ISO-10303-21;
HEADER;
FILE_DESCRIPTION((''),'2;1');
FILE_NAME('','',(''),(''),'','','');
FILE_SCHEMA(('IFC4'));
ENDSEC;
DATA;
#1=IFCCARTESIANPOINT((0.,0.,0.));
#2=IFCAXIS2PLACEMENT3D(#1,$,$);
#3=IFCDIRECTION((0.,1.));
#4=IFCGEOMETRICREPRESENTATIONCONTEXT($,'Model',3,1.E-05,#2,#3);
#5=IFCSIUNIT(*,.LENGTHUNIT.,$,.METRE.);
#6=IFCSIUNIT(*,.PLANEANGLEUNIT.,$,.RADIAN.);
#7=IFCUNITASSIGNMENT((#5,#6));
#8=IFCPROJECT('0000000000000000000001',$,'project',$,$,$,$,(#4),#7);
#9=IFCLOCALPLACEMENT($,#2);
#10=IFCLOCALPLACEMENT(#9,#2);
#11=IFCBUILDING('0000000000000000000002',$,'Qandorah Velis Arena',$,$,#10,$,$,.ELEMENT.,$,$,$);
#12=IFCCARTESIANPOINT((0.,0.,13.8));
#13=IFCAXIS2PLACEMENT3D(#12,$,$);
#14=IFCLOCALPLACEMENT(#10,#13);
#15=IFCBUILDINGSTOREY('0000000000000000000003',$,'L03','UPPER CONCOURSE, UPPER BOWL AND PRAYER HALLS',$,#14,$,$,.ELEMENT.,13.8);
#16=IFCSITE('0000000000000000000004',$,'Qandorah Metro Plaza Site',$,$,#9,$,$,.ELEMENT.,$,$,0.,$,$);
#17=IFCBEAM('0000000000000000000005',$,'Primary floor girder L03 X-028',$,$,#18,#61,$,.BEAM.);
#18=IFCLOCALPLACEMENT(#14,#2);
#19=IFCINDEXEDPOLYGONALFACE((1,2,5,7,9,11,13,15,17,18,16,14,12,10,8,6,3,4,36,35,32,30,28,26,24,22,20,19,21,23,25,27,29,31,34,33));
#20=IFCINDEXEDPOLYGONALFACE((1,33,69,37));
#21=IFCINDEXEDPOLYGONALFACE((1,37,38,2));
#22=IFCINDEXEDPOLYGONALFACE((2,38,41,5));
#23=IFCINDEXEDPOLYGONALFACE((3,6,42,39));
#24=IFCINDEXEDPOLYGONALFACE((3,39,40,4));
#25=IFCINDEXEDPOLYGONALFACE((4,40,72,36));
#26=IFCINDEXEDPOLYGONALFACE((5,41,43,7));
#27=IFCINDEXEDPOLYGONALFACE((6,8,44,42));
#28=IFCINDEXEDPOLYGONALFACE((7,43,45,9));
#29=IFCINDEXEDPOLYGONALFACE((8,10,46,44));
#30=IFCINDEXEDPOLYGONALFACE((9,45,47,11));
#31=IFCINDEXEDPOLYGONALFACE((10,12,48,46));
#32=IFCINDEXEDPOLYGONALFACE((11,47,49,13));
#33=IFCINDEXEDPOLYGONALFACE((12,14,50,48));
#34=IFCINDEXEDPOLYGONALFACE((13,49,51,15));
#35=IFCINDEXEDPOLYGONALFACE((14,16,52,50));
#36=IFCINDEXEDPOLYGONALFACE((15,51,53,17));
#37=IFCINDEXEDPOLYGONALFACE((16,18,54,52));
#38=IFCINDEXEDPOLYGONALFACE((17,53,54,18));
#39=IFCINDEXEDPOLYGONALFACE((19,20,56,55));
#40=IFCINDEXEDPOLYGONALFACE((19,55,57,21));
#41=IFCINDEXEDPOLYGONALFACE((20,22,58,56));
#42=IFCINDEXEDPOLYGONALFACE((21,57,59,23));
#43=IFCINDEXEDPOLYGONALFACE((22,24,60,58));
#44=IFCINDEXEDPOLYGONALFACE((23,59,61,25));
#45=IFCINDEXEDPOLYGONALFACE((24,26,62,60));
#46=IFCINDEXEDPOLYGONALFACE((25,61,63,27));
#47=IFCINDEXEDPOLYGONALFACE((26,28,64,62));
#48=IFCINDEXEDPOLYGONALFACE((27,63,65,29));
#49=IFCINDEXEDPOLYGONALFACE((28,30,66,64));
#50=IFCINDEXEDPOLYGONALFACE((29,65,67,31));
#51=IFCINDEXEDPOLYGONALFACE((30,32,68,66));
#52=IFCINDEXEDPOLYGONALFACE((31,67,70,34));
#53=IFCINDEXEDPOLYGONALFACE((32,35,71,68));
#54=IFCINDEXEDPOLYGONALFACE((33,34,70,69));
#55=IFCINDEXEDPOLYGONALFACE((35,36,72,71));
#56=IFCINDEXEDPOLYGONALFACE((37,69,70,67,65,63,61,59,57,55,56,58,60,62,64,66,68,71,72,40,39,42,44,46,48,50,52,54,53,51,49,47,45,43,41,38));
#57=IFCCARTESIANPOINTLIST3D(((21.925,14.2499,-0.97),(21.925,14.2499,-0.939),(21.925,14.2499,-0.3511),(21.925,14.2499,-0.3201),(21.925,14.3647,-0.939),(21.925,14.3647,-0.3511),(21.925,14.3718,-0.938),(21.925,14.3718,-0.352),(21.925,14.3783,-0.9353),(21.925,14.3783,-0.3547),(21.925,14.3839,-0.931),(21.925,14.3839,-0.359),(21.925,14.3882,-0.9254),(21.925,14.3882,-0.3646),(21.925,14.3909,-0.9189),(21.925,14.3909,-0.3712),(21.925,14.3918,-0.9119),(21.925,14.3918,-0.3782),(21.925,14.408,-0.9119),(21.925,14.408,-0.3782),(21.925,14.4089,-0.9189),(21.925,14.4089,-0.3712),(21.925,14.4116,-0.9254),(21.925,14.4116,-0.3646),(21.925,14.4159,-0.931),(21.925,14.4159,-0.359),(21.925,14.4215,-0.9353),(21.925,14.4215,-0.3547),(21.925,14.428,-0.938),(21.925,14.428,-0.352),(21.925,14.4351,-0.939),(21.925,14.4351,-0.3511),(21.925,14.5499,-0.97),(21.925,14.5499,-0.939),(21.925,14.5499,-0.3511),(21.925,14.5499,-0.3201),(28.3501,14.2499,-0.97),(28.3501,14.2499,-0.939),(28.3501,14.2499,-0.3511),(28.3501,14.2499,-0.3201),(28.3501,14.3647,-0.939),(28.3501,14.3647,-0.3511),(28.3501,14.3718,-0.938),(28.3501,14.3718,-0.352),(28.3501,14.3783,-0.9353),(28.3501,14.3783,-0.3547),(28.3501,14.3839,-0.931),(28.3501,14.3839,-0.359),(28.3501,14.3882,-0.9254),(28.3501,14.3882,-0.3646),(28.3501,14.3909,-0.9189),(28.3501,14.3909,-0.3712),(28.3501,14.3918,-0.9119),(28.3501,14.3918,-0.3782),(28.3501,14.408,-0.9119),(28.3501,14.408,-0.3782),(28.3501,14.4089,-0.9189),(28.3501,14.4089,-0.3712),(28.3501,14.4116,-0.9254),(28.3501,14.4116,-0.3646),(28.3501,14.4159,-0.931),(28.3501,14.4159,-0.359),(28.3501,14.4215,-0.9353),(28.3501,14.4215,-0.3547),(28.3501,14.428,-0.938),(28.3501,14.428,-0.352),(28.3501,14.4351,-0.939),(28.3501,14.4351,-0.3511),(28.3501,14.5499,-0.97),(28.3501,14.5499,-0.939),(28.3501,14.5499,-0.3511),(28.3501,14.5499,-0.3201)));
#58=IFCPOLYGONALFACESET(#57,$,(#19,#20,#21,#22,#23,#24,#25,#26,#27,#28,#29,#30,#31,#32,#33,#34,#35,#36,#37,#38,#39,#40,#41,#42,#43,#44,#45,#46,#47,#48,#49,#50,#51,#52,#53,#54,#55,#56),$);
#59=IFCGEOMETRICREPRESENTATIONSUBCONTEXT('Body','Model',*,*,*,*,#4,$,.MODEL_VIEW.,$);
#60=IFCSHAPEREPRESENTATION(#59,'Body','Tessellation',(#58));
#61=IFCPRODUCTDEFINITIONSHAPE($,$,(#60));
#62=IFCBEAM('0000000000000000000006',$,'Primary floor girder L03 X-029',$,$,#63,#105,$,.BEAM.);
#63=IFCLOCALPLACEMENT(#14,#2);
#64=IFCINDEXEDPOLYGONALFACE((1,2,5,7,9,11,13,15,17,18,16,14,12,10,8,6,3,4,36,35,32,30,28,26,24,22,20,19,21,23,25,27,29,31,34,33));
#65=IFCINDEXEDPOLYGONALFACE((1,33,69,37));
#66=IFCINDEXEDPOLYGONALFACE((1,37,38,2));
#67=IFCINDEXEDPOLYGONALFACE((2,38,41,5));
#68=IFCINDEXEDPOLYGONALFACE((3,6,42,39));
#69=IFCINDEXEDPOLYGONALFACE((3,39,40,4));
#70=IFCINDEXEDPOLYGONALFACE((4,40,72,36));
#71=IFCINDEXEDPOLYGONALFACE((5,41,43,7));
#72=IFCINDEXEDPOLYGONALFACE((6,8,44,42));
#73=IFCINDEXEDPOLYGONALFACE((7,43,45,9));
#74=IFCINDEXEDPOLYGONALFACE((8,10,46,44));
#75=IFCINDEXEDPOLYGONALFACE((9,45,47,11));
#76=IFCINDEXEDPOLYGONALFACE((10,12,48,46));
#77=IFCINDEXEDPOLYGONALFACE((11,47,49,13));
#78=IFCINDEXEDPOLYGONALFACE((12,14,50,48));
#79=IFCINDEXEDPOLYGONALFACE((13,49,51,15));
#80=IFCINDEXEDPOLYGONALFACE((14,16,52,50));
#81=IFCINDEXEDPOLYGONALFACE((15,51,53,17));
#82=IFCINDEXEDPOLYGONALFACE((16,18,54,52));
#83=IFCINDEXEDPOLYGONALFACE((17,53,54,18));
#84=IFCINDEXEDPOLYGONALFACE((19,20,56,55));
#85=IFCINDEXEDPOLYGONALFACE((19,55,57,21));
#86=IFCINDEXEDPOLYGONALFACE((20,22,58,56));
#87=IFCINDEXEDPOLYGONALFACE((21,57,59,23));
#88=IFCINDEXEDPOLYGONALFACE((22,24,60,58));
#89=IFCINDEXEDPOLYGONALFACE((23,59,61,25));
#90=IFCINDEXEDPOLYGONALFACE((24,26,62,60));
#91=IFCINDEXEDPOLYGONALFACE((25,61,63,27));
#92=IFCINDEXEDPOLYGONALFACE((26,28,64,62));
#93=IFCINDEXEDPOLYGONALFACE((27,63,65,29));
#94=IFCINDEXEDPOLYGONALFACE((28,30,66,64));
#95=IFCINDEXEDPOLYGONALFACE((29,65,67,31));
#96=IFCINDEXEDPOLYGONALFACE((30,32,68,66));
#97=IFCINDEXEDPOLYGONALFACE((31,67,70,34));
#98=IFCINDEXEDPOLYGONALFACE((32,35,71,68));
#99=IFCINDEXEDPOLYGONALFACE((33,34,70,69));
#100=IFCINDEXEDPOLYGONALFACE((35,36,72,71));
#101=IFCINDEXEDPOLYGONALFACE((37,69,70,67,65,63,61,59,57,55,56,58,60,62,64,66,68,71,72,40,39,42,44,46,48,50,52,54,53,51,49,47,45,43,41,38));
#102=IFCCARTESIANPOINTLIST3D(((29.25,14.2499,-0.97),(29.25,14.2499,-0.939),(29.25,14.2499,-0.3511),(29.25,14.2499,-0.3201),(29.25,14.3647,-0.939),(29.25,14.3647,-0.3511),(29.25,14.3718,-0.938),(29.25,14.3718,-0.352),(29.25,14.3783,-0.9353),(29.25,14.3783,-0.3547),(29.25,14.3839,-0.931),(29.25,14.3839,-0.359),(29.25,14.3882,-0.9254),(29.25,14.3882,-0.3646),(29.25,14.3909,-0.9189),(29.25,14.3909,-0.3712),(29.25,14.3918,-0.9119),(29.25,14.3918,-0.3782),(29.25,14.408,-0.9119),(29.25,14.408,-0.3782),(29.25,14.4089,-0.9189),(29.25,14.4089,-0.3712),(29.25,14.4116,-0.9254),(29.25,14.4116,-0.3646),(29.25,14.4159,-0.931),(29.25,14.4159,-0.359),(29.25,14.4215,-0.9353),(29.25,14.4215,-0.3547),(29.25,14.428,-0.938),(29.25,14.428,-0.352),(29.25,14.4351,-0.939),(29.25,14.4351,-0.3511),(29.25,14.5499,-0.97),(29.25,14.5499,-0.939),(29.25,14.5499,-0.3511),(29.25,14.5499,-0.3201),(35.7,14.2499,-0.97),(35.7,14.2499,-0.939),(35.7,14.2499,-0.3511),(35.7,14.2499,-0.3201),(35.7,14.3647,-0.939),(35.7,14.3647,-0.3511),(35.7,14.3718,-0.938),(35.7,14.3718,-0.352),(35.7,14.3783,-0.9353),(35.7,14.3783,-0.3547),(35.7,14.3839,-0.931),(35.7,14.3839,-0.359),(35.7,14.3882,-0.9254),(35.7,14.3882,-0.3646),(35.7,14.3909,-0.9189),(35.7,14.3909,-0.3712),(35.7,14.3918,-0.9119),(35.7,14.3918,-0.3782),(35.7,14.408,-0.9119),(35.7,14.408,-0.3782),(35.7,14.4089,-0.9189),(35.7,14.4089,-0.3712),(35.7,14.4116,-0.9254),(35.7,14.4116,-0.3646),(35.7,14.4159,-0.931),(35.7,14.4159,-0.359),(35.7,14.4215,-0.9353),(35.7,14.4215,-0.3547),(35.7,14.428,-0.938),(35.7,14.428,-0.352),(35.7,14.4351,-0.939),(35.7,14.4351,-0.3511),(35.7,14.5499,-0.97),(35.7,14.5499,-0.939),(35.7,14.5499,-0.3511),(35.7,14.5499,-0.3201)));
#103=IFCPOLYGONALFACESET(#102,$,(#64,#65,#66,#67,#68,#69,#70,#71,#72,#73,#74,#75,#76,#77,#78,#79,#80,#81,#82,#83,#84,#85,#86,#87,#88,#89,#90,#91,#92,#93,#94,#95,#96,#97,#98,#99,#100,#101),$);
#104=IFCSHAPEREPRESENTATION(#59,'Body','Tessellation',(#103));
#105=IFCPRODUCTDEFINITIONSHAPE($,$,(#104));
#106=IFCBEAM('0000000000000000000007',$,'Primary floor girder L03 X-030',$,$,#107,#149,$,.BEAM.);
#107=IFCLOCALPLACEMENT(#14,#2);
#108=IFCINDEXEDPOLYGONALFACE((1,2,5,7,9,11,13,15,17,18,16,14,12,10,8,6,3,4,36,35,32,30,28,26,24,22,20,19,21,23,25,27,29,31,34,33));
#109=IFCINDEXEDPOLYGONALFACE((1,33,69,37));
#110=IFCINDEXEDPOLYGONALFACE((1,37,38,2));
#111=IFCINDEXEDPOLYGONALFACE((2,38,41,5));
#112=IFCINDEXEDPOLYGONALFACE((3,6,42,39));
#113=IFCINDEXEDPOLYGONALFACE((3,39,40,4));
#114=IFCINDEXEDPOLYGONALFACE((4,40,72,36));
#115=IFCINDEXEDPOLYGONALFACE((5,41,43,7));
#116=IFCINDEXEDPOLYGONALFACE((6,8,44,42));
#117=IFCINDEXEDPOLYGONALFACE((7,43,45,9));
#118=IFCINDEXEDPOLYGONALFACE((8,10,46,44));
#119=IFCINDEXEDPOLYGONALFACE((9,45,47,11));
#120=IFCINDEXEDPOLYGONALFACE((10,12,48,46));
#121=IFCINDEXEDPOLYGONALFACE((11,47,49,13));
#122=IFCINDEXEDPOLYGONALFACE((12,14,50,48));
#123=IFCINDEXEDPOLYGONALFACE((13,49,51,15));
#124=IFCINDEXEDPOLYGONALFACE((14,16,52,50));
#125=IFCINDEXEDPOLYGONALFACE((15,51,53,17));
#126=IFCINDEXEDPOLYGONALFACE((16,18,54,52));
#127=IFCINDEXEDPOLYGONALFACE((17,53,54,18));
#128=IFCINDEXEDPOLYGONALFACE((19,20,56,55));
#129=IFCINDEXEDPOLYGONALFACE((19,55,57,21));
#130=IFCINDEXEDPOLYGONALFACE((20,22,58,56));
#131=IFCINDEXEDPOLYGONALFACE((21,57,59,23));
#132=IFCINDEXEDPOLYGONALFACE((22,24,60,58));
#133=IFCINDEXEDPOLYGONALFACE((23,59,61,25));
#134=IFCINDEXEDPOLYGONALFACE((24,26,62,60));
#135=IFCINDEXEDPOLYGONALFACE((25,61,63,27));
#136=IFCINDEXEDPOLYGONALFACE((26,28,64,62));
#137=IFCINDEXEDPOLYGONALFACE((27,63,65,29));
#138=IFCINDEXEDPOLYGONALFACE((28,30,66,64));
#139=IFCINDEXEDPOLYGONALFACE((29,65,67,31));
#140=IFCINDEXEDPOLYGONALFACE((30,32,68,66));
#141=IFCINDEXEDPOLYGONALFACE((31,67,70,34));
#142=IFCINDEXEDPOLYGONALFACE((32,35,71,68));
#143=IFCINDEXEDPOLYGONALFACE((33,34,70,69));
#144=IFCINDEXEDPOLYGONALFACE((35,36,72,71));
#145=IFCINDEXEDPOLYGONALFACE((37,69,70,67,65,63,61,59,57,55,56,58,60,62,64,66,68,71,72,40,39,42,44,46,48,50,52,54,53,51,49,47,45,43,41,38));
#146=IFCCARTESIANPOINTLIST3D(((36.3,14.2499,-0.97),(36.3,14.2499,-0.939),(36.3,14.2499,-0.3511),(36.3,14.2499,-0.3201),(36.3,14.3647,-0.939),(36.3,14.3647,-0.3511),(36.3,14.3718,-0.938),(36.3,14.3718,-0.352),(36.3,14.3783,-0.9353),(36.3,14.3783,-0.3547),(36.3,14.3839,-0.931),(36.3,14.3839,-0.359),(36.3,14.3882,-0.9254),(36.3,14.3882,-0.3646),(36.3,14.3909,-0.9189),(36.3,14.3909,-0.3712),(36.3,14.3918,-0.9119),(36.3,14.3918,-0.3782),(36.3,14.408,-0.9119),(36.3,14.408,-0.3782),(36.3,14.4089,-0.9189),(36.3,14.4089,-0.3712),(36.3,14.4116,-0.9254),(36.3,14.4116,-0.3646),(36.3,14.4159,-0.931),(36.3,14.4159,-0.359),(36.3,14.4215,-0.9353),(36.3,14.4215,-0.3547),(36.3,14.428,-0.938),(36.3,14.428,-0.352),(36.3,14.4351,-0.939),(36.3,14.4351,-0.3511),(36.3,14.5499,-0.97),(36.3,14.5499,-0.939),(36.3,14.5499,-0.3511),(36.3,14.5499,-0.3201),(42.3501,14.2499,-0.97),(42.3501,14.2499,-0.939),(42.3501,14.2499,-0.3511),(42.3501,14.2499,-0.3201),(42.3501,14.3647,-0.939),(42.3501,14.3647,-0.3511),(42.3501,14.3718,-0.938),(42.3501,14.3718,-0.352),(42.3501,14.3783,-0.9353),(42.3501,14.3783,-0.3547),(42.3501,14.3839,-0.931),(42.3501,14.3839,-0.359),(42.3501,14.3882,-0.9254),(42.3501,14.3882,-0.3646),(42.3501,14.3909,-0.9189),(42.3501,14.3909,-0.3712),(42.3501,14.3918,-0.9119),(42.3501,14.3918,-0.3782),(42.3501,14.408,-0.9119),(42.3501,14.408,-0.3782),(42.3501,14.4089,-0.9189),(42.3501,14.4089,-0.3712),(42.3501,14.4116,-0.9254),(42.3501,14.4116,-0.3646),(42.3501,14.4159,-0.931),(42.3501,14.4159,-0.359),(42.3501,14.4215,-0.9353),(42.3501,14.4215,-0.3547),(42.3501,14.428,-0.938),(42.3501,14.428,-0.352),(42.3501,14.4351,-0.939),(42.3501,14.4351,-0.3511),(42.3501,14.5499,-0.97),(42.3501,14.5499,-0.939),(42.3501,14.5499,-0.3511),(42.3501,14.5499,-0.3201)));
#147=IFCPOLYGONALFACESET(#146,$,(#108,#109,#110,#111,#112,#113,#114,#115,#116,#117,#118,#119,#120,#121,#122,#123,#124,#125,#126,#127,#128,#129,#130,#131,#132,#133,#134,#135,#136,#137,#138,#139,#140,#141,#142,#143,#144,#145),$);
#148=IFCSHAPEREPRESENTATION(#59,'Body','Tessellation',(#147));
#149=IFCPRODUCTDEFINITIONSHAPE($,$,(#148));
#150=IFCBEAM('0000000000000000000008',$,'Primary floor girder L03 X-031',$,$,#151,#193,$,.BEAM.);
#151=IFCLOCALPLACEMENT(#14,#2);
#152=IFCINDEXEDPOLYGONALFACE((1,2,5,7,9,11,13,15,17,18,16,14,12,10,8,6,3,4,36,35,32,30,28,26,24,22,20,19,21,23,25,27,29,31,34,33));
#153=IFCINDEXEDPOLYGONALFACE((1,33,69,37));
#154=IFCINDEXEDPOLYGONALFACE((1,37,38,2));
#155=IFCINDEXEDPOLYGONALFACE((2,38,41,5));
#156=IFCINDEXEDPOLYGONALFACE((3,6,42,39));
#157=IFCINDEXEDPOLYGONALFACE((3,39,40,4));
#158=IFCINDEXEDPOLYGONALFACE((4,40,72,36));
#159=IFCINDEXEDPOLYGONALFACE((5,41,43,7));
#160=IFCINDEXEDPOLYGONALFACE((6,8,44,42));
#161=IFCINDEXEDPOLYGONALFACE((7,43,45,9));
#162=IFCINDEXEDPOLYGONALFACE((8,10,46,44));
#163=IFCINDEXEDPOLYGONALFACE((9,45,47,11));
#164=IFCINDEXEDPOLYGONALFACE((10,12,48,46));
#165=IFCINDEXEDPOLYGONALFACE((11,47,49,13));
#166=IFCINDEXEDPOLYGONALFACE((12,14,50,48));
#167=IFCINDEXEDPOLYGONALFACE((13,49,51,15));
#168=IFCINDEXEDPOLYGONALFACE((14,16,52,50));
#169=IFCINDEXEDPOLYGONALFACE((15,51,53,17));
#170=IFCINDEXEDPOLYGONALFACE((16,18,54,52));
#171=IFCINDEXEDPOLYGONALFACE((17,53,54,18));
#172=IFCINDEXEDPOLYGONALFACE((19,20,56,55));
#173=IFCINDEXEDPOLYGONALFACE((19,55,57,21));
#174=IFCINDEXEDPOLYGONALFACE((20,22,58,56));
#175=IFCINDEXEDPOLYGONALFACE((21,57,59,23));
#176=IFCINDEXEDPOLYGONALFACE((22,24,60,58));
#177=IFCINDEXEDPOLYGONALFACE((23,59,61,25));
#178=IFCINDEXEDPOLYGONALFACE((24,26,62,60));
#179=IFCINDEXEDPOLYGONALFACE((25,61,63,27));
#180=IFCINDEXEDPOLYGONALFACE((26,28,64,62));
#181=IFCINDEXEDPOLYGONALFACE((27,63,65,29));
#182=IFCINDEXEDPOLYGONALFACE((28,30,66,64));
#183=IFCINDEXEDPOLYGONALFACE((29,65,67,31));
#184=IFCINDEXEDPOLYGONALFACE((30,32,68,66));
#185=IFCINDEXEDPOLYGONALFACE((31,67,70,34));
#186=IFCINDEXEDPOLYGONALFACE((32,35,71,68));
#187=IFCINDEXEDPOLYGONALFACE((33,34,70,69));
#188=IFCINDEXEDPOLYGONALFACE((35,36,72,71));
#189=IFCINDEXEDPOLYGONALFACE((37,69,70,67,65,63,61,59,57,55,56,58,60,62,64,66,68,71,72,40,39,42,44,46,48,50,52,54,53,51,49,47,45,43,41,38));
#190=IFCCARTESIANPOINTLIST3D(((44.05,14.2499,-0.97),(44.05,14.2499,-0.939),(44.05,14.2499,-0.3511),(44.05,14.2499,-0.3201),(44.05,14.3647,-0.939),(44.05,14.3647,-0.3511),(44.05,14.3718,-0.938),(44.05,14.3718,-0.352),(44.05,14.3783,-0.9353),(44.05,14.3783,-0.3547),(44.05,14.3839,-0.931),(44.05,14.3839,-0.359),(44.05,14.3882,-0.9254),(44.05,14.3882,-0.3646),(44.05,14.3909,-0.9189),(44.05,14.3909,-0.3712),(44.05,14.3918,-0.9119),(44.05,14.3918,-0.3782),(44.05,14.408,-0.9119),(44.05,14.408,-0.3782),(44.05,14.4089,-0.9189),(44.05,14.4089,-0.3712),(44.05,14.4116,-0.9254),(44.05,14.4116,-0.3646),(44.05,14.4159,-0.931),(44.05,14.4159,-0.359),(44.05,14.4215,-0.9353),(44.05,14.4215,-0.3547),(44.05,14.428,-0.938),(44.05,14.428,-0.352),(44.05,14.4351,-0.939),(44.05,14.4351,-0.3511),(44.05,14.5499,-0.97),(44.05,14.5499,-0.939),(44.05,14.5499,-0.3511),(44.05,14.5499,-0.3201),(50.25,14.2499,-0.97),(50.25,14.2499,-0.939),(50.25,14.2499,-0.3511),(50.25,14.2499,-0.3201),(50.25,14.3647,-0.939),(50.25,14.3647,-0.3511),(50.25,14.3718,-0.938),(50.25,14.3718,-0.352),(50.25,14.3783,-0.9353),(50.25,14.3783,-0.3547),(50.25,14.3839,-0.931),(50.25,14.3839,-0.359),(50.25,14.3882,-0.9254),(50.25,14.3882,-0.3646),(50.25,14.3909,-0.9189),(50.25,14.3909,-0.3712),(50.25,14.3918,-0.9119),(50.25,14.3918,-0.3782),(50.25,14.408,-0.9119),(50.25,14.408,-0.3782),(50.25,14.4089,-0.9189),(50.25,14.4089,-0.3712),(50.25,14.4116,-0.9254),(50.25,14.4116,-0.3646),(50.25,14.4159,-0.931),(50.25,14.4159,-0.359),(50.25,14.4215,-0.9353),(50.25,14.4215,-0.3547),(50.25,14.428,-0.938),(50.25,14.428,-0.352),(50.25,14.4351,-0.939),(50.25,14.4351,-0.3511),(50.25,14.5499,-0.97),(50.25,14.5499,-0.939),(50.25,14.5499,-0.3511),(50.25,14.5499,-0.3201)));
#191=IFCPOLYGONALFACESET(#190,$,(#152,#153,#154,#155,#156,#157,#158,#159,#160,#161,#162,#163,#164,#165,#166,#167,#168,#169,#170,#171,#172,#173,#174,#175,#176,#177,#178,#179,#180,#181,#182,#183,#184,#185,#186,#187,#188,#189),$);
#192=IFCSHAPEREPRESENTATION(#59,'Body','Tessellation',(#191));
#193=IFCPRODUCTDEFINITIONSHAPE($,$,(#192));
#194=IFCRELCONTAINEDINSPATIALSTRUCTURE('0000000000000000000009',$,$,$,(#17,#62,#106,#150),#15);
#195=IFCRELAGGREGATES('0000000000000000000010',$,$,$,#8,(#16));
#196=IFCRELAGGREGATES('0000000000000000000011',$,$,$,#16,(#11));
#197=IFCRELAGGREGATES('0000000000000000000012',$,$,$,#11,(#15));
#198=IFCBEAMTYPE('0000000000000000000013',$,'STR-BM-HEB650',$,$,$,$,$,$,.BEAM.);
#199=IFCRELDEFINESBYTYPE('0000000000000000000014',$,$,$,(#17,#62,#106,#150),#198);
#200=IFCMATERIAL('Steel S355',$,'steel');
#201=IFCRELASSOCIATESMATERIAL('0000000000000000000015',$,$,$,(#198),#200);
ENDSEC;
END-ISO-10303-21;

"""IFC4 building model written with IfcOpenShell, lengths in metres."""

from ifc_helpers import new_model, si_unit, direction, frame, origin, origin_2d, place, context, subcontext, project, spatial, i_section, extrude, material, material_profile, profile_set, type_object, element, save


model = new_model("IFC4")

# Units and contexts
model_context = context("Model", 3, precision=1e-05, world=origin(), true_north=direction((0.0, 1.0)))
body_context = subcontext(model_context, "Body", "Model", "MODEL_VIEW")
ifc_project = project(units=[si_unit("LENGTHUNIT", "METRE"), si_unit("PLANEANGLEUNIT", "RADIAN")], contexts=[model_context])

# Site, building, storey
site_placement = place(None, origin())
site = spatial("IfcSite", under=ifc_project, at=site_placement, Name="Qandorah Metro Plaza Site", CompositionType="ELEMENT", RefElevation=0.0)
building_placement = place(site_placement, origin())
building = spatial("IfcBuilding", under=site, at=building_placement, Name="Qandorah Velis Arena", CompositionType="ELEMENT")
storey_placement = place(building_placement, frame((0.0, 0.0, 13.8)))
storey = spatial("IfcBuildingStorey", under=building, at=storey_placement, Name="L03", Description="UPPER CONCOURSE, UPPER BOWL AND PRAYER HALLS", CompositionType="ELEMENT", Elevation=13.8)

# Beams
ifc_material_1 = material(Name="Steel S355", Category="steel")
ifc_material_profile_1 = material_profile(ifc_material_1, i_section(OverallWidth=0.3, OverallDepth=0.6499, WebThickness=0.0161, FlangeThickness=0.031, FilletRadius=0.0271, at=origin_2d()), Name="HEB 650")
ifc_profile_set_1 = profile_set([ifc_material_profile_1], Name="Steel S355")
beam_type_1 = type_object("IfcBeamType", Name="STR-BM-HEB650", PredefinedType="BEAM", material=ifc_profile_set_1)
beam_1_placement = place(storey_placement, frame((21.925, 14.3999, -0.645), z_axis=(1.0, 0.0, 0.0), x_axis=(0.0, 1.0, 0.0)))
element("IfcBeam", 1, at=beam_1_placement, inside=storey, type_object=beam_type_1, Name="Primary floor girder L03 X-028", PredefinedType="BEAM", context=body_context, shape_type="SweptSolid", body=[
    extrude(i_section(OverallWidth=0.3, OverallDepth=0.6499, WebThickness=0.0161, FlangeThickness=0.031, FilletRadius=0.0271, at=origin_2d()), origin(), (0.0, 0.0, 1.0), 6.425),
])
beam_2_placement = place(storey_placement, frame((29.25, 14.3999, -0.645), z_axis=(1.0, 0.0, 0.0), x_axis=(0.0, 1.0, 0.0)))
element("IfcBeam", 2, at=beam_2_placement, inside=storey, type_object=beam_type_1, Name="Primary floor girder L03 X-029", PredefinedType="BEAM", context=body_context, shape_type="SweptSolid", body=[
    extrude(i_section(OverallWidth=0.3, OverallDepth=0.6499, WebThickness=0.0161, FlangeThickness=0.031, FilletRadius=0.0271, at=origin_2d()), origin(), (0.0, 0.0, 1.0), 6.45),
])
beam_3_placement = place(storey_placement, frame((36.3, 14.3999, -0.645), z_axis=(1.0, 0.0, 0.0), x_axis=(0.0, 1.0, 0.0)))
element("IfcBeam", 3, at=beam_3_placement, inside=storey, type_object=beam_type_1, Name="Primary floor girder L03 X-030", PredefinedType="BEAM", context=body_context, shape_type="SweptSolid", body=[
    extrude(i_section(OverallWidth=0.3, OverallDepth=0.6499, WebThickness=0.0161, FlangeThickness=0.031, FilletRadius=0.0271, at=origin_2d()), origin(), (0.0, 0.0, 1.0), 6.05),
])
beam_4_placement = place(storey_placement, frame((44.05, 14.3999, -0.645), z_axis=(1.0, 0.0, 0.0), x_axis=(0.0, 1.0, 0.0)))
element("IfcBeam", 4, at=beam_4_placement, inside=storey, type_object=beam_type_1, Name="Primary floor girder L03 X-031", PredefinedType="BEAM", context=body_context, shape_type="SweptSolid", body=[
    extrude(i_section(OverallWidth=0.3, OverallDepth=0.6499, WebThickness=0.0161, FlangeThickness=0.031, FilletRadius=0.0271, at=origin_2d()), origin(), (0.0, 0.0, 1.0), 6.2),
])

save(model, "model.ifc")
